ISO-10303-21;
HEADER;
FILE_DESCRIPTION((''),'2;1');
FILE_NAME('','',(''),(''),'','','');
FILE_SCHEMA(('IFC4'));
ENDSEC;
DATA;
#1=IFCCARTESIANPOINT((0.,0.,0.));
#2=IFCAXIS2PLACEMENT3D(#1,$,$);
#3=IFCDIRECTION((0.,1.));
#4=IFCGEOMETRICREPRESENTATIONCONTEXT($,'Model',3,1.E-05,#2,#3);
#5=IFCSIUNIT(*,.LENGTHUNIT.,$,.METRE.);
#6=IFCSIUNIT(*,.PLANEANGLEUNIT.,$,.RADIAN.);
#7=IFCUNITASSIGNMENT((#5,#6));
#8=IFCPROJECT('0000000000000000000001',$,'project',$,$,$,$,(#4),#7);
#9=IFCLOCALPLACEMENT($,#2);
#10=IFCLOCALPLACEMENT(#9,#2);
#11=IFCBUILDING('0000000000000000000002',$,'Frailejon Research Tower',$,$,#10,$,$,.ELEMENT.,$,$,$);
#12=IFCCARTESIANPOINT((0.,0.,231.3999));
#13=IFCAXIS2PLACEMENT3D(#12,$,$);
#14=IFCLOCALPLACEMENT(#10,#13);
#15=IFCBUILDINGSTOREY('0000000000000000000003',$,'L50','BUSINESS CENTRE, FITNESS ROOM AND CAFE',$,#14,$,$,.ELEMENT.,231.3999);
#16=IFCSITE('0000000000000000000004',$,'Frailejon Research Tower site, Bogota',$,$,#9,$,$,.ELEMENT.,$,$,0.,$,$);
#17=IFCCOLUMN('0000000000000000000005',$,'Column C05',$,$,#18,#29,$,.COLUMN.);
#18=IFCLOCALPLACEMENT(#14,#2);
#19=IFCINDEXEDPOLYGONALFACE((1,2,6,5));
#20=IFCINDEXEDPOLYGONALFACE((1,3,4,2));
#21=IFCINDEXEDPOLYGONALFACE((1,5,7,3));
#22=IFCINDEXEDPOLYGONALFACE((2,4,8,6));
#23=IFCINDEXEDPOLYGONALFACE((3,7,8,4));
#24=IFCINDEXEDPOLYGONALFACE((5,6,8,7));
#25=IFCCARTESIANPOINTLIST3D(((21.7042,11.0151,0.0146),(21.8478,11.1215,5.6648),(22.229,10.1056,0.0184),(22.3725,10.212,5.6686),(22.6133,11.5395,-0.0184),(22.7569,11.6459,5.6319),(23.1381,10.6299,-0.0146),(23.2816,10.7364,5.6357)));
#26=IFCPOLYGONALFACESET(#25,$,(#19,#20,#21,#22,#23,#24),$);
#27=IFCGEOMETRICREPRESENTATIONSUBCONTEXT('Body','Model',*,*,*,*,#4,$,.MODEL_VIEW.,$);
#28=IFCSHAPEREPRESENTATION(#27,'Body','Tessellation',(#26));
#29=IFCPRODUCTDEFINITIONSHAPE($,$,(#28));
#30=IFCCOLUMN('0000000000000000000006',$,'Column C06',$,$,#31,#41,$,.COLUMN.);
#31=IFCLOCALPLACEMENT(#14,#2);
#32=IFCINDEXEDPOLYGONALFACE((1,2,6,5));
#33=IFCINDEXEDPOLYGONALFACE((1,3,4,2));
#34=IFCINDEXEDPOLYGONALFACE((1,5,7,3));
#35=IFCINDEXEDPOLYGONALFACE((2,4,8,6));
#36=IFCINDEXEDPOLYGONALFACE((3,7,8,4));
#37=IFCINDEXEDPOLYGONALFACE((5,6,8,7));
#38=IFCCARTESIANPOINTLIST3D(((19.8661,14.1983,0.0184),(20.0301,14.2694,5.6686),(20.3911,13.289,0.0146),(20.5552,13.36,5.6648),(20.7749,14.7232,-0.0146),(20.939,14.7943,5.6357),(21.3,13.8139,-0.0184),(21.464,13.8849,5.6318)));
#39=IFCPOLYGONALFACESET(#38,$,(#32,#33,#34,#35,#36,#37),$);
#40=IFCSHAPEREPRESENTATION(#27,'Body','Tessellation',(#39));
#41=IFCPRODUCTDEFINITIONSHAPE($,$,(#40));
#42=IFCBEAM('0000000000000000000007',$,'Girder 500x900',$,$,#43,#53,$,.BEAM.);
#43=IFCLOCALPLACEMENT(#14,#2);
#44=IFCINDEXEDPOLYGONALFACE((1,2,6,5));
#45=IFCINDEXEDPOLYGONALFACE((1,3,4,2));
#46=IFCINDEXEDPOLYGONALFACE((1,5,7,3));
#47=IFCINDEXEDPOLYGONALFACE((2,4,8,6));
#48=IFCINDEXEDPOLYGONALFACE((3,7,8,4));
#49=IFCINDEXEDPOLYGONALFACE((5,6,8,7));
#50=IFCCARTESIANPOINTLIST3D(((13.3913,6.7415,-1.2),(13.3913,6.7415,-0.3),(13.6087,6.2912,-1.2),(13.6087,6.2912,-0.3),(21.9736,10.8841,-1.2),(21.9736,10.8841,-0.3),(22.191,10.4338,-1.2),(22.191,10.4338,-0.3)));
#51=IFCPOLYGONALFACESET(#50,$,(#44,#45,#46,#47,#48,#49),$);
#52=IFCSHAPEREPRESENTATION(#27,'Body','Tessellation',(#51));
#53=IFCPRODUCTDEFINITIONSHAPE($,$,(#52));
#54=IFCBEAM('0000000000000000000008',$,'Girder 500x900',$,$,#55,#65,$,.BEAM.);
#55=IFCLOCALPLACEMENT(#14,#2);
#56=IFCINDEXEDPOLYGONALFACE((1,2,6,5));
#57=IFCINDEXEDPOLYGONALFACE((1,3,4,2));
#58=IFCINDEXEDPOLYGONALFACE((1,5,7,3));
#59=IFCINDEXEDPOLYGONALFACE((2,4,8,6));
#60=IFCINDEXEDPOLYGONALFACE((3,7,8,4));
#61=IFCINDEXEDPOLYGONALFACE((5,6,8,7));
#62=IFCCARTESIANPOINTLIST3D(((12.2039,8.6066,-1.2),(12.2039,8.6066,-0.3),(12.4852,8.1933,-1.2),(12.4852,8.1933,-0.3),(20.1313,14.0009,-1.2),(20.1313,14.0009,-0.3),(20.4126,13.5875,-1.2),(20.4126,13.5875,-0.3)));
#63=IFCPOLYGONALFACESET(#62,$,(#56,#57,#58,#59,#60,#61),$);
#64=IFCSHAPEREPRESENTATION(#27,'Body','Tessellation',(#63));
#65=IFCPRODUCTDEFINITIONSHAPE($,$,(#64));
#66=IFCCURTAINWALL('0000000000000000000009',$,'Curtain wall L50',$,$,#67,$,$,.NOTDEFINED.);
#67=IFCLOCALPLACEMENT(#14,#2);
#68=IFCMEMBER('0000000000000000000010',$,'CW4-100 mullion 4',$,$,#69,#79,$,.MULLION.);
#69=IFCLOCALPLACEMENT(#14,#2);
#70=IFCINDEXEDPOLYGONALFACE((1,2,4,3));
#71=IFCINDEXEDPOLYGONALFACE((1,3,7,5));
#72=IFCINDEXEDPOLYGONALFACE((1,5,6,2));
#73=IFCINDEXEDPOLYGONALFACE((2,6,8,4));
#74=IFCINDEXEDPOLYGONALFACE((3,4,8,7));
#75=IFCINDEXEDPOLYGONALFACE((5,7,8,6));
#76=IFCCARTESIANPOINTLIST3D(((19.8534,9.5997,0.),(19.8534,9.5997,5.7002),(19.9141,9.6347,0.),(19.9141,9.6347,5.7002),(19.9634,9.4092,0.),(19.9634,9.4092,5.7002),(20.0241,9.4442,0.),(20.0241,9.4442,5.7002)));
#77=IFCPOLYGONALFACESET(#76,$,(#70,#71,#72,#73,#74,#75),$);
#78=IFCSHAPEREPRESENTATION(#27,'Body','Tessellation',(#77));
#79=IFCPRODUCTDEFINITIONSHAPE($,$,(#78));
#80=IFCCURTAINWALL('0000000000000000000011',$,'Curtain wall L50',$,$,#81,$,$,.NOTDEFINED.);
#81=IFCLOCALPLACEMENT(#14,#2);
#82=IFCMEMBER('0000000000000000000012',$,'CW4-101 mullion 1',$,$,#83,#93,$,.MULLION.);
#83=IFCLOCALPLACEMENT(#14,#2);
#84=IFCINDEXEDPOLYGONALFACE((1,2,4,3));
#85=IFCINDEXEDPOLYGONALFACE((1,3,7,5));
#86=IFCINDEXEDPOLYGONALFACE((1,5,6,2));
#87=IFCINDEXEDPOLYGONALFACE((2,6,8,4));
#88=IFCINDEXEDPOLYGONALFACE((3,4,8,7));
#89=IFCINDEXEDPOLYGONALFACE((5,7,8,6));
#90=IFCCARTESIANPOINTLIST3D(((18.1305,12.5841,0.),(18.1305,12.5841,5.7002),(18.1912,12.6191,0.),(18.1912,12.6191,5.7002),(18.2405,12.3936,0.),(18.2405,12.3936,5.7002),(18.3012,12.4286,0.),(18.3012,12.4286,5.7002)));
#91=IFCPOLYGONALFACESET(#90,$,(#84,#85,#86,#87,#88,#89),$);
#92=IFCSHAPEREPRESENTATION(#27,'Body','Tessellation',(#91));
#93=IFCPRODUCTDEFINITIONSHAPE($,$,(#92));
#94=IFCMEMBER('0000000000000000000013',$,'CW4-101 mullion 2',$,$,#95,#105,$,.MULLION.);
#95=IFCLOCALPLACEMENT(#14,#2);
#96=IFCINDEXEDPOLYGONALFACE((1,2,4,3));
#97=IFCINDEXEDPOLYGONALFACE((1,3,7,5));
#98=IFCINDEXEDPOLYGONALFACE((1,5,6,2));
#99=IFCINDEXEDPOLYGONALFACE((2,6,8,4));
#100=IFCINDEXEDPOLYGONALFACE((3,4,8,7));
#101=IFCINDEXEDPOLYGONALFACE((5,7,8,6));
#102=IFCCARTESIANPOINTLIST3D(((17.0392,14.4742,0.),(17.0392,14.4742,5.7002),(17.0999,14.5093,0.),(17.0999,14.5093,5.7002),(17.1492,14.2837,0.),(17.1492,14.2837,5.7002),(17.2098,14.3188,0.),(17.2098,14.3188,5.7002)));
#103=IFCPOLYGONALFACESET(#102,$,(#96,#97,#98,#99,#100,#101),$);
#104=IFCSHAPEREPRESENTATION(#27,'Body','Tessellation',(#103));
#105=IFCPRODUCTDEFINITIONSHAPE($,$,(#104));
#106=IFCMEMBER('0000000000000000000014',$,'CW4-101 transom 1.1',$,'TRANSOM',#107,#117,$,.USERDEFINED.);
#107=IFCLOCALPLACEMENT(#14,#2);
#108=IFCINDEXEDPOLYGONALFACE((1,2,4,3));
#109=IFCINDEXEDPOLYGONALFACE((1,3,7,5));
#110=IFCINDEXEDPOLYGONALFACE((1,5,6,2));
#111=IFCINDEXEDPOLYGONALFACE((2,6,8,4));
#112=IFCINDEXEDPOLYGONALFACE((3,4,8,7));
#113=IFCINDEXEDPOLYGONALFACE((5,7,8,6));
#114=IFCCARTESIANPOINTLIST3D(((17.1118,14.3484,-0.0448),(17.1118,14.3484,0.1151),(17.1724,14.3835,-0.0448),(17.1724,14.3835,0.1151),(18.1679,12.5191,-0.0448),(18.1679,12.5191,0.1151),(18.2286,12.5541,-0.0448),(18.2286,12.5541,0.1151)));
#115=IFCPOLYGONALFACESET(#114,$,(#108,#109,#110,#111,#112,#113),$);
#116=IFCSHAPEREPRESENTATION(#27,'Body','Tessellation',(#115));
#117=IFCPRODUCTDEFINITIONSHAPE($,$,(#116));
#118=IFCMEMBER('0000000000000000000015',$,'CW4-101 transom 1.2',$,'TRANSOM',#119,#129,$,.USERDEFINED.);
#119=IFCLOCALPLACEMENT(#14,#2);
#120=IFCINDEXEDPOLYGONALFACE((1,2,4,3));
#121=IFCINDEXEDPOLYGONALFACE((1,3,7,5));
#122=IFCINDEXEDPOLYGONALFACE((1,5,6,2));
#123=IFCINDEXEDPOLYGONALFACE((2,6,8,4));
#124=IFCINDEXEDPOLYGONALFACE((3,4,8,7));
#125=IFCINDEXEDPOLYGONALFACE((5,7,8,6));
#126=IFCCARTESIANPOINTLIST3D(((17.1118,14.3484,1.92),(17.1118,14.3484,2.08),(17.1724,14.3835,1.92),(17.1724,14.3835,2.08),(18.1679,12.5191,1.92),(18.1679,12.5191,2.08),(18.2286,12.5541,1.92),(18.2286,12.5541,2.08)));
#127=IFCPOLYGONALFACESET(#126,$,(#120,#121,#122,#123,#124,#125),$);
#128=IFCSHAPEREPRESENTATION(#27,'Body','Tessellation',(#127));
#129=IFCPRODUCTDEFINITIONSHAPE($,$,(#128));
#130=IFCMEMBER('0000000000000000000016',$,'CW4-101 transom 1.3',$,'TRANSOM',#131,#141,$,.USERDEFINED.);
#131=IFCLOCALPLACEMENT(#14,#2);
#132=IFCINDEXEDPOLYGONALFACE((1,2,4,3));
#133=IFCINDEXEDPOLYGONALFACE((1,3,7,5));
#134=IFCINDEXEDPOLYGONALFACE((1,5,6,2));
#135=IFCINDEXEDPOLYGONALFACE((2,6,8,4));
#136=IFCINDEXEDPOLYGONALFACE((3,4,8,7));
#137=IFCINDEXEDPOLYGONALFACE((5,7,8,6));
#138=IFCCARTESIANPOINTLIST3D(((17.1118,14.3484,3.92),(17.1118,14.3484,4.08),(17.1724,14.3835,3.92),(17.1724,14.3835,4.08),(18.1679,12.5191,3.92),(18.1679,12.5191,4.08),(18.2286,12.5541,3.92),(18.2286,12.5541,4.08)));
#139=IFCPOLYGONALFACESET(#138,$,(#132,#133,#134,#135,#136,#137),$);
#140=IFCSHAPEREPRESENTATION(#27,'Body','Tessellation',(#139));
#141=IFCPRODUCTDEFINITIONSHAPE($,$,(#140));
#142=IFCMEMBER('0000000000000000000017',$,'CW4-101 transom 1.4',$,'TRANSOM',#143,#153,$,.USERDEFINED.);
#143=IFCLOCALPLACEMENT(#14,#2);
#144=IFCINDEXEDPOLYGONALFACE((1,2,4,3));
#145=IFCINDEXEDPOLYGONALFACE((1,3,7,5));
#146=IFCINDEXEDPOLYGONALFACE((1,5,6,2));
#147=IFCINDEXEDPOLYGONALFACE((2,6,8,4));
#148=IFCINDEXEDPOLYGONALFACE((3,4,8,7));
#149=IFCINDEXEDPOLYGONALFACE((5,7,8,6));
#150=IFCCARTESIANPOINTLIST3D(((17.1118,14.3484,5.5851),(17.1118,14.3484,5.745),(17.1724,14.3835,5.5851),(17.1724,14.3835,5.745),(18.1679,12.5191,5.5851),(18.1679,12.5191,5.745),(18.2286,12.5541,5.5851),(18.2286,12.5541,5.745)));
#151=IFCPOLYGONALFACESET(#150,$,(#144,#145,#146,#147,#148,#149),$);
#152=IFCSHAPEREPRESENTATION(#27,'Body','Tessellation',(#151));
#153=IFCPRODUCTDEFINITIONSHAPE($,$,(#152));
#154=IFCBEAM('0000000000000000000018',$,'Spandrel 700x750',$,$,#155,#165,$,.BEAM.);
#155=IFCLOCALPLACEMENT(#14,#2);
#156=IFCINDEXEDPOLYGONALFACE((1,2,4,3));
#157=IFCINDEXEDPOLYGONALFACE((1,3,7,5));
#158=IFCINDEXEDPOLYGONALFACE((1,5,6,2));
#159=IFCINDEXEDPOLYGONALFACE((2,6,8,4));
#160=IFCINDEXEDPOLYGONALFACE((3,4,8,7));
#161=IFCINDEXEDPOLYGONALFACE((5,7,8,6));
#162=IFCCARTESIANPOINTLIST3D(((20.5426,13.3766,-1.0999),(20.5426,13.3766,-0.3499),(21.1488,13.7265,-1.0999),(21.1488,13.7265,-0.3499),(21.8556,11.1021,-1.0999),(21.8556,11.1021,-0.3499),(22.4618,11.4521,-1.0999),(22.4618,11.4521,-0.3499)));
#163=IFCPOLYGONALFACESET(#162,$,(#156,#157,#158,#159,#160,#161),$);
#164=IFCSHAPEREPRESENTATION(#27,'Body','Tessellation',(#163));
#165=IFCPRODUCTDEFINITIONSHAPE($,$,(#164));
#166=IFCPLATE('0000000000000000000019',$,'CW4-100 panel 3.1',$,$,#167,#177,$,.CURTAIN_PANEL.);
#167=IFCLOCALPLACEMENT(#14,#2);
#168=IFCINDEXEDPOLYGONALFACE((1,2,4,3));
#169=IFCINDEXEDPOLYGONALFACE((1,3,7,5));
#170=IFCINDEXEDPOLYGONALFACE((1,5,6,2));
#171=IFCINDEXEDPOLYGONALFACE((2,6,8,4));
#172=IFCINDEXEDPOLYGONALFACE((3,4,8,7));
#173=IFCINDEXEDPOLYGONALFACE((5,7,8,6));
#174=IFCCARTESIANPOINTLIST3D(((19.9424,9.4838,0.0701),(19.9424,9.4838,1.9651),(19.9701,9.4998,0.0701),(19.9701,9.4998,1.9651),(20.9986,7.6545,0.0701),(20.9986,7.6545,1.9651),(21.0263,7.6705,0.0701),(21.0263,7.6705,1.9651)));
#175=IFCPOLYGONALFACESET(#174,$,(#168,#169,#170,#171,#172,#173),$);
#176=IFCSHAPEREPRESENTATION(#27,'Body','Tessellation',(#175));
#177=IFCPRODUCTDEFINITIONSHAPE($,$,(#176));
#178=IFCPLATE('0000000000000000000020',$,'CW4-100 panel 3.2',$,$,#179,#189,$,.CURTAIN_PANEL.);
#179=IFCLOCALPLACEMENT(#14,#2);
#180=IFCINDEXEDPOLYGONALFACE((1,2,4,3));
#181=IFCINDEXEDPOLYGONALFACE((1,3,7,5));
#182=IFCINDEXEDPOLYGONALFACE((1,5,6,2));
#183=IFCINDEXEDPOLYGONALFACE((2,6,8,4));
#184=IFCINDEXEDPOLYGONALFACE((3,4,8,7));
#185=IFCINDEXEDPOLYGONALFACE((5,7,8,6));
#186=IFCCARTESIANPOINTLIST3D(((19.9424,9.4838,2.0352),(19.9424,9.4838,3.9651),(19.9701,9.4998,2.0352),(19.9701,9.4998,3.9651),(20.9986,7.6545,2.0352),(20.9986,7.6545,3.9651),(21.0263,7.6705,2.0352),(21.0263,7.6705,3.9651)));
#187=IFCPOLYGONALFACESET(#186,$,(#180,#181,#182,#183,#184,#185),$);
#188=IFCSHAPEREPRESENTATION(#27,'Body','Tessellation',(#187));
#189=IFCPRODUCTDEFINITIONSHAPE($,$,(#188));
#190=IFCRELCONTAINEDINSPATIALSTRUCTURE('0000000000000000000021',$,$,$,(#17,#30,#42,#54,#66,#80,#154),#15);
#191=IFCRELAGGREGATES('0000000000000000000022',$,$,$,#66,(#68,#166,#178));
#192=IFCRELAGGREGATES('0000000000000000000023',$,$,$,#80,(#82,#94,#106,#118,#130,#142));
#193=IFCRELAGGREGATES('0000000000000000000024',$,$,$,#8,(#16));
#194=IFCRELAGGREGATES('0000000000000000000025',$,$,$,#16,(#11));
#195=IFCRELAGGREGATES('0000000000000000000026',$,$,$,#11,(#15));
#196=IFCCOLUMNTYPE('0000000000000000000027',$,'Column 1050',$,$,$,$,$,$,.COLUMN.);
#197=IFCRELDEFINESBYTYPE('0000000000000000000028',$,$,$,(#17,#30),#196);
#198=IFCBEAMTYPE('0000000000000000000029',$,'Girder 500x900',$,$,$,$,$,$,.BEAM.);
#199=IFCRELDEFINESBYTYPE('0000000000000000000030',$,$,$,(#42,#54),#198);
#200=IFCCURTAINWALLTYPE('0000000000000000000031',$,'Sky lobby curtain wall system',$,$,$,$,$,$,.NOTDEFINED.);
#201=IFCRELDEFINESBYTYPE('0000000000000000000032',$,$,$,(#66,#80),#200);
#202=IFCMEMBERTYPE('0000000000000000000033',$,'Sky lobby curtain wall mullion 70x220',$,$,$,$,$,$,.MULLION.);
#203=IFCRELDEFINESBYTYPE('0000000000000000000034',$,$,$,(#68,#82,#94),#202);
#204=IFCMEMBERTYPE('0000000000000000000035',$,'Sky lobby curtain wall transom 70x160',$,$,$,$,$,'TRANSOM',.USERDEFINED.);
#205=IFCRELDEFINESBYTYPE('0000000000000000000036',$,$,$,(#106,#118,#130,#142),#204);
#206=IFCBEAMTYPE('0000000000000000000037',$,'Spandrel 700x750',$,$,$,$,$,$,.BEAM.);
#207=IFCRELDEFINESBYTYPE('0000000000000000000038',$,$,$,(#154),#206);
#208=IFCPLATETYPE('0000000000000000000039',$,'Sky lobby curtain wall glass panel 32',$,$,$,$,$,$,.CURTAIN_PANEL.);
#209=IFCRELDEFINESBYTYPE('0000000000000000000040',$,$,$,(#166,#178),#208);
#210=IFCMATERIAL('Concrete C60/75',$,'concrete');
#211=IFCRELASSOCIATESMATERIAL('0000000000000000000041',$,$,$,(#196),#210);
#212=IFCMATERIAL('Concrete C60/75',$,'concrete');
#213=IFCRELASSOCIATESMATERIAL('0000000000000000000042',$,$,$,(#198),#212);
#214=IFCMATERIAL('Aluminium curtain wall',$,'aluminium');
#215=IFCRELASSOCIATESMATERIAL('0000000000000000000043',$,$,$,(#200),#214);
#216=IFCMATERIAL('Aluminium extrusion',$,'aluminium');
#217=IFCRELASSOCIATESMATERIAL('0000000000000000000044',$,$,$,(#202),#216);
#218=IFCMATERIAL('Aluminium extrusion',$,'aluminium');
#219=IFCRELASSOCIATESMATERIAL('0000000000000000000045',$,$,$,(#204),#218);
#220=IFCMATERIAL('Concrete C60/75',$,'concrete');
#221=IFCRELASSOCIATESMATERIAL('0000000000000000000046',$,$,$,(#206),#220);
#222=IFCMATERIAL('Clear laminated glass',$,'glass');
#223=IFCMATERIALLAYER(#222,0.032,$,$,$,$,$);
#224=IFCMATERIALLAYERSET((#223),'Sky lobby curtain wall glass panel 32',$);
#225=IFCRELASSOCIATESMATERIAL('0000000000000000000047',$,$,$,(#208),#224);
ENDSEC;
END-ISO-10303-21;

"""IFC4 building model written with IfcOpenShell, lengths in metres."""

from ifc_helpers import new_model, si_unit, direction, frame, origin, origin_2d, place, context, subcontext, project, spatial, rectangle, extrude, material, layer, layer_set, material_profile, profile_set, type_object, element, aggregate, save


model = new_model("IFC4")

# Units and contexts
model_context = context("Model", 3, precision=1e-05, world=origin(), true_north=direction((0.0, 1.0)))
body_context = subcontext(model_context, "Body", "Model", "MODEL_VIEW")
ifc_project = project(units=[si_unit("LENGTHUNIT", "METRE"), si_unit("PLANEANGLEUNIT", "RADIAN")], contexts=[model_context])

# Site, building, storey
site_placement = place(None, origin())
site = spatial("IfcSite", under=ifc_project, at=site_placement, Name="Frailejon Research Tower site, Bogota", CompositionType="ELEMENT", RefElevation=0.0)
building_placement = place(site_placement, origin())
building = spatial("IfcBuilding", under=site, at=building_placement, Name="Frailejon Research Tower", CompositionType="ELEMENT")
storey_placement = place(building_placement, frame((0.0, 0.0, 231.3999)))
storey = spatial("IfcBuildingStorey", under=building, at=storey_placement, Name="L50", Description="BUSINESS CENTRE, FITNESS ROOM AND CAFE", CompositionType="ELEMENT", Elevation=231.3999)

# Columns
ifc_material_1 = material(Name="Concrete C60/75", Category="concrete")
ifc_material_profile_1 = material_profile(ifc_material_1, rectangle(XDim=1.05, YDim=1.05, at=origin_2d()), Name="Column 1050")
ifc_profile_set_1 = profile_set([ifc_material_profile_1], Name="Concrete C60/75")
column_type = type_object("IfcColumnType", Name="Column 1050", PredefinedType="COLUMN", material=ifc_profile_set_1)
for number, where, z_axis, x_axis, name in (
    (1, (22.4211, 10.8225, 0.0), (0.025395, 0.01883, 0.9995), (-0.499744, 0.866166, -0.003621), "Column C05"),
    (2, (20.583, 14.0061, 0.0), (0.029022, 0.012568, 0.9995), (-0.500043, 0.865993, 0.003631), "Column C06"),
):
    element("IfcColumn", number, at=place(storey_placement, frame(where, z_axis=z_axis, x_axis=x_axis)), inside=storey, type_object=column_type, Name=name, PredefinedType="COLUMN", context=body_context, shape_type="SweptSolid", body=[
        extrude(rectangle(XDim=1.05, YDim=1.05, at=origin_2d()), origin(), (0.0, 0.0, 1.0), 5.6531),
    ])

# Beams
ifc_material_2 = material(Name="Concrete C60/75", Category="concrete")
ifc_material_profile_2 = material_profile(ifc_material_2, rectangle(XDim=0.5, YDim=0.8999, at=origin_2d()), Name="Girder 500x900")
ifc_profile_set_2 = profile_set([ifc_material_profile_2], Name="Concrete C60/75")
beam_type_1 = type_object("IfcBeamType", Name="Girder 500x900", PredefinedType="BEAM", material=ifc_profile_set_2)
beam_1_placement = place(storey_placement, frame((22.0823, 10.6589, -0.75), z_axis=(-0.900576, -0.434699, 0.0), x_axis=(0.434699, -0.900576, 0.0)))
element("IfcBeam", 3, at=beam_1_placement, inside=storey, type_object=beam_type_1, Name="Girder 500x900", PredefinedType="BEAM", context=body_context, shape_type="SweptSolid", body=[
    extrude(rectangle(XDim=0.5, YDim=0.8999, at=origin_2d()), origin(), (0.0, 0.0, 1.0), 9.5298),
])
beam_2_placement = place(storey_placement, frame((20.272, 13.7942, -0.75), z_axis=(-0.826752, -0.562566, 0.0), x_axis=(0.562566, -0.826752, 0.0)))
element("IfcBeam", 4, at=beam_2_placement, inside=storey, type_object=beam_type_1, Name="Girder 500x900", PredefinedType="BEAM", context=body_context, shape_type="SweptSolid", body=[
    extrude(rectangle(XDim=0.5, YDim=0.8999, at=origin_2d()), origin(), (0.0, 0.0, 1.0), 9.5886),
])

# Curtain wall, member
ifc_material_3 = material(Name="Aluminium curtain wall", Category="aluminium")
curtain_wall_type = type_object("IfcCurtainWallType", Name="Sky lobby curtain wall system", PredefinedType="NOTDEFINED", material=ifc_material_3)
curtain_wall_1_placement = place(storey_placement, origin())
curtain_wall_1 = element("IfcCurtainWall", 5, at=curtain_wall_1_placement, inside=storey, type_object=curtain_wall_type, Name="Curtain wall L50", PredefinedType="NOTDEFINED")
ifc_material_4 = material(Name="Aluminium extrusion", Category="aluminium")
ifc_material_profile_3 = material_profile(ifc_material_4, rectangle(XDim=0.0701, YDim=0.22, at=origin_2d()), Name="Sky lobby curtain wall mullion 70x220")
ifc_profile_set_3 = profile_set([ifc_material_profile_3], Name="Aluminium extrusion")
member_type_1 = type_object("IfcMemberType", Name="Sky lobby curtain wall mullion 70x220", PredefinedType="MULLION", material=ifc_profile_set_3)
member_1_placement = place(storey_placement, frame((19.9387, 9.522, 0.0), z_axis=(0.0, 0.0, 1.0), x_axis=(-0.866025, -0.5, 0.0)))
member_1 = element("IfcMember", 6, at=member_1_placement, type_object=member_type_1, Name="CW4-100 mullion 4", PredefinedType="MULLION", context=body_context, shape_type="SweptSolid", body=[
    extrude(rectangle(XDim=0.0701, YDim=0.22, at=origin_2d()), origin(), (0.0, 0.0, 1.0), 5.7002),
])

# Curtain wall, members
curtain_wall_2_placement = place(storey_placement, origin())
curtain_wall_2 = element("IfcCurtainWall", 7, at=curtain_wall_2_placement, inside=storey, type_object=curtain_wall_type, Name="Curtain wall L50", PredefinedType="NOTDEFINED")
member_2_placement = place(storey_placement, frame((18.2158, 12.5063, 0.0), z_axis=(0.0, 0.0, 1.0), x_axis=(-0.866025, -0.5, 0.0)))
member_2 = element("IfcMember", 8, at=member_2_placement, type_object=member_type_1, Name="CW4-101 mullion 1", PredefinedType="MULLION", context=body_context, shape_type="SweptSolid", body=[
    extrude(rectangle(XDim=0.0701, YDim=0.22, at=origin_2d()), origin(), (0.0, 0.0, 1.0), 5.7002),
])
member_3_placement = place(storey_placement, frame((17.1245, 14.3965, 0.0), z_axis=(0.0, 0.0, 1.0), x_axis=(-0.866025, -0.5, 0.0)))
member_3 = element("IfcMember", 9, at=member_3_placement, type_object=member_type_1, Name="CW4-101 mullion 2", PredefinedType="MULLION", context=body_context, shape_type="SweptSolid", body=[
    extrude(rectangle(XDim=0.0701, YDim=0.22, at=origin_2d()), origin(), (0.0, 0.0, 1.0), 5.7002),
])
ifc_material_5 = material(Name="Aluminium extrusion", Category="aluminium")
ifc_material_profile_4 = material_profile(ifc_material_5, rectangle(XDim=0.0701, YDim=0.1599, at=origin_2d()), Name="Sky lobby curtain wall transom 70x160")
ifc_profile_set_4 = profile_set([ifc_material_profile_4], Name="Aluminium extrusion")
member_type_2 = type_object("IfcMemberType", Name="Sky lobby curtain wall transom 70x160", ElementType="TRANSOM", PredefinedType="USERDEFINED", material=ifc_profile_set_4)
member_4_placement = place(storey_placement, frame((18.1982, 12.5366, 0.0352), z_axis=(-0.499993, 0.86603, 0.0), x_axis=(-0.86603, -0.499993, 0.0)))
member_4 = element("IfcMember", 10, at=member_4_placement, type_object=member_type_2, Name="CW4-101 transom 1.1", ObjectType="TRANSOM", PredefinedType="USERDEFINED", context=body_context, shape_type="SweptSolid", body=[
    extrude(rectangle(XDim=0.0701, YDim=0.1599, at=origin_2d()), origin(), (0.0, 0.0, 1.0), 2.1123),
])
member_5_placement = place(storey_placement, frame((18.1982, 12.5366, 2.0), z_axis=(-0.499993, 0.86603, 0.0), x_axis=(-0.86603, -0.499993, 0.0)))
member_5 = element("IfcMember", 11, at=member_5_placement, type_object=member_type_2, Name="CW4-101 transom 1.2", ObjectType="TRANSOM", PredefinedType="USERDEFINED", context=body_context, shape_type="SweptSolid", body=[
    extrude(rectangle(XDim=0.0701, YDim=0.1599, at=origin_2d()), origin(), (0.0, 0.0, 1.0), 2.1123),
])
member_6_placement = place(storey_placement, frame((18.1982, 12.5366, 4.0), z_axis=(-0.499993, 0.86603, 0.0), x_axis=(-0.86603, -0.499993, 0.0)))
member_6 = element("IfcMember", 12, at=member_6_placement, type_object=member_type_2, Name="CW4-101 transom 1.3", ObjectType="TRANSOM", PredefinedType="USERDEFINED", context=body_context, shape_type="SweptSolid", body=[
    extrude(rectangle(XDim=0.0701, YDim=0.1599, at=origin_2d()), origin(), (0.0, 0.0, 1.0), 2.1123),
])
member_7_placement = place(storey_placement, frame((18.1982, 12.5366, 5.665), z_axis=(-0.499993, 0.86603, 0.0), x_axis=(-0.86603, -0.499993, 0.0)))
member_7 = element("IfcMember", 13, at=member_7_placement, type_object=member_type_2, Name="CW4-101 transom 1.4", ObjectType="TRANSOM", PredefinedType="USERDEFINED", context=body_context, shape_type="SweptSolid", body=[
    extrude(rectangle(XDim=0.0701, YDim=0.1599, at=origin_2d()), origin(), (0.0, 0.0, 1.0), 2.1123),
])

# Beam
ifc_material_6 = material(Name="Concrete C60/75", Category="concrete")
ifc_material_profile_5 = material_profile(ifc_material_6, rectangle(XDim=0.7, YDim=0.75, at=origin_2d()), Name="Spandrel 700x750")
ifc_profile_set_5 = profile_set([ifc_material_profile_5], Name="Concrete C60/75")
beam_type_2 = type_object("IfcBeamType", Name="Spandrel 700x750", PredefinedType="BEAM", material=ifc_profile_set_5)
beam_3_placement = place(storey_placement, frame((22.1587, 11.2771, -0.7249), z_axis=(-0.499959, 0.866049, 0.0), x_axis=(-0.866049, -0.499959, 0.0)))
element("IfcBeam", 14, at=beam_3_placement, inside=storey, type_object=beam_type_2, Name="Spandrel 700x750", PredefinedType="BEAM", context=body_context, shape_type="SweptSolid", body=[
    extrude(rectangle(XDim=0.7, YDim=0.75, at=origin_2d()), origin(), (0.0, 0.0, 1.0), 2.6262),
])

# Plates
ifc_material_7 = material(Name="Clear laminated glass", Category="glass")
ifc_layer_1 = layer(ifc_material_7, 0.032)
ifc_layer_set_1 = layer_set([ifc_layer_1], Name="Sky lobby curtain wall glass panel 32")
plate_type = type_object("IfcPlateType", Name="Sky lobby curtain wall glass panel 32", PredefinedType="CURTAIN_PANEL", material=ifc_layer_set_1)
plate_1_placement = place(storey_placement, frame((20.4844, 8.5771, 0.0701), z_axis=(0.0, 0.0, 1.0), x_axis=(-0.5, 0.866025, 0.0)))
plate_1 = element("IfcPlate", 15, at=plate_1_placement, type_object=plate_type, Name="CW4-100 panel 3.1", PredefinedType="CURTAIN_PANEL", context=body_context, shape_type="SweptSolid", body=[
    extrude(rectangle(XDim=2.1123, YDim=0.032, at=origin_2d()), origin(), (0.0, 0.0, 1.0), 1.895),
])
plate_2_placement = place(storey_placement, frame((20.4844, 8.5771, 2.0352), z_axis=(0.0, 0.0, 1.0), x_axis=(-0.5, 0.866025, 0.0)))
plate_2 = element("IfcPlate", 16, at=plate_2_placement, type_object=plate_type, Name="CW4-100 panel 3.2", PredefinedType="CURTAIN_PANEL", context=body_context, shape_type="SweptSolid", body=[
    extrude(rectangle(XDim=2.1123, YDim=0.032, at=origin_2d()), origin(), (0.0, 0.0, 1.0), 1.9299),
])
aggregate(curtain_wall_1, [member_1, plate_1, plate_2])
aggregate(curtain_wall_2, [member_2, member_3, member_4, member_5, member_6, member_7])

save(model, "model.ifc")
